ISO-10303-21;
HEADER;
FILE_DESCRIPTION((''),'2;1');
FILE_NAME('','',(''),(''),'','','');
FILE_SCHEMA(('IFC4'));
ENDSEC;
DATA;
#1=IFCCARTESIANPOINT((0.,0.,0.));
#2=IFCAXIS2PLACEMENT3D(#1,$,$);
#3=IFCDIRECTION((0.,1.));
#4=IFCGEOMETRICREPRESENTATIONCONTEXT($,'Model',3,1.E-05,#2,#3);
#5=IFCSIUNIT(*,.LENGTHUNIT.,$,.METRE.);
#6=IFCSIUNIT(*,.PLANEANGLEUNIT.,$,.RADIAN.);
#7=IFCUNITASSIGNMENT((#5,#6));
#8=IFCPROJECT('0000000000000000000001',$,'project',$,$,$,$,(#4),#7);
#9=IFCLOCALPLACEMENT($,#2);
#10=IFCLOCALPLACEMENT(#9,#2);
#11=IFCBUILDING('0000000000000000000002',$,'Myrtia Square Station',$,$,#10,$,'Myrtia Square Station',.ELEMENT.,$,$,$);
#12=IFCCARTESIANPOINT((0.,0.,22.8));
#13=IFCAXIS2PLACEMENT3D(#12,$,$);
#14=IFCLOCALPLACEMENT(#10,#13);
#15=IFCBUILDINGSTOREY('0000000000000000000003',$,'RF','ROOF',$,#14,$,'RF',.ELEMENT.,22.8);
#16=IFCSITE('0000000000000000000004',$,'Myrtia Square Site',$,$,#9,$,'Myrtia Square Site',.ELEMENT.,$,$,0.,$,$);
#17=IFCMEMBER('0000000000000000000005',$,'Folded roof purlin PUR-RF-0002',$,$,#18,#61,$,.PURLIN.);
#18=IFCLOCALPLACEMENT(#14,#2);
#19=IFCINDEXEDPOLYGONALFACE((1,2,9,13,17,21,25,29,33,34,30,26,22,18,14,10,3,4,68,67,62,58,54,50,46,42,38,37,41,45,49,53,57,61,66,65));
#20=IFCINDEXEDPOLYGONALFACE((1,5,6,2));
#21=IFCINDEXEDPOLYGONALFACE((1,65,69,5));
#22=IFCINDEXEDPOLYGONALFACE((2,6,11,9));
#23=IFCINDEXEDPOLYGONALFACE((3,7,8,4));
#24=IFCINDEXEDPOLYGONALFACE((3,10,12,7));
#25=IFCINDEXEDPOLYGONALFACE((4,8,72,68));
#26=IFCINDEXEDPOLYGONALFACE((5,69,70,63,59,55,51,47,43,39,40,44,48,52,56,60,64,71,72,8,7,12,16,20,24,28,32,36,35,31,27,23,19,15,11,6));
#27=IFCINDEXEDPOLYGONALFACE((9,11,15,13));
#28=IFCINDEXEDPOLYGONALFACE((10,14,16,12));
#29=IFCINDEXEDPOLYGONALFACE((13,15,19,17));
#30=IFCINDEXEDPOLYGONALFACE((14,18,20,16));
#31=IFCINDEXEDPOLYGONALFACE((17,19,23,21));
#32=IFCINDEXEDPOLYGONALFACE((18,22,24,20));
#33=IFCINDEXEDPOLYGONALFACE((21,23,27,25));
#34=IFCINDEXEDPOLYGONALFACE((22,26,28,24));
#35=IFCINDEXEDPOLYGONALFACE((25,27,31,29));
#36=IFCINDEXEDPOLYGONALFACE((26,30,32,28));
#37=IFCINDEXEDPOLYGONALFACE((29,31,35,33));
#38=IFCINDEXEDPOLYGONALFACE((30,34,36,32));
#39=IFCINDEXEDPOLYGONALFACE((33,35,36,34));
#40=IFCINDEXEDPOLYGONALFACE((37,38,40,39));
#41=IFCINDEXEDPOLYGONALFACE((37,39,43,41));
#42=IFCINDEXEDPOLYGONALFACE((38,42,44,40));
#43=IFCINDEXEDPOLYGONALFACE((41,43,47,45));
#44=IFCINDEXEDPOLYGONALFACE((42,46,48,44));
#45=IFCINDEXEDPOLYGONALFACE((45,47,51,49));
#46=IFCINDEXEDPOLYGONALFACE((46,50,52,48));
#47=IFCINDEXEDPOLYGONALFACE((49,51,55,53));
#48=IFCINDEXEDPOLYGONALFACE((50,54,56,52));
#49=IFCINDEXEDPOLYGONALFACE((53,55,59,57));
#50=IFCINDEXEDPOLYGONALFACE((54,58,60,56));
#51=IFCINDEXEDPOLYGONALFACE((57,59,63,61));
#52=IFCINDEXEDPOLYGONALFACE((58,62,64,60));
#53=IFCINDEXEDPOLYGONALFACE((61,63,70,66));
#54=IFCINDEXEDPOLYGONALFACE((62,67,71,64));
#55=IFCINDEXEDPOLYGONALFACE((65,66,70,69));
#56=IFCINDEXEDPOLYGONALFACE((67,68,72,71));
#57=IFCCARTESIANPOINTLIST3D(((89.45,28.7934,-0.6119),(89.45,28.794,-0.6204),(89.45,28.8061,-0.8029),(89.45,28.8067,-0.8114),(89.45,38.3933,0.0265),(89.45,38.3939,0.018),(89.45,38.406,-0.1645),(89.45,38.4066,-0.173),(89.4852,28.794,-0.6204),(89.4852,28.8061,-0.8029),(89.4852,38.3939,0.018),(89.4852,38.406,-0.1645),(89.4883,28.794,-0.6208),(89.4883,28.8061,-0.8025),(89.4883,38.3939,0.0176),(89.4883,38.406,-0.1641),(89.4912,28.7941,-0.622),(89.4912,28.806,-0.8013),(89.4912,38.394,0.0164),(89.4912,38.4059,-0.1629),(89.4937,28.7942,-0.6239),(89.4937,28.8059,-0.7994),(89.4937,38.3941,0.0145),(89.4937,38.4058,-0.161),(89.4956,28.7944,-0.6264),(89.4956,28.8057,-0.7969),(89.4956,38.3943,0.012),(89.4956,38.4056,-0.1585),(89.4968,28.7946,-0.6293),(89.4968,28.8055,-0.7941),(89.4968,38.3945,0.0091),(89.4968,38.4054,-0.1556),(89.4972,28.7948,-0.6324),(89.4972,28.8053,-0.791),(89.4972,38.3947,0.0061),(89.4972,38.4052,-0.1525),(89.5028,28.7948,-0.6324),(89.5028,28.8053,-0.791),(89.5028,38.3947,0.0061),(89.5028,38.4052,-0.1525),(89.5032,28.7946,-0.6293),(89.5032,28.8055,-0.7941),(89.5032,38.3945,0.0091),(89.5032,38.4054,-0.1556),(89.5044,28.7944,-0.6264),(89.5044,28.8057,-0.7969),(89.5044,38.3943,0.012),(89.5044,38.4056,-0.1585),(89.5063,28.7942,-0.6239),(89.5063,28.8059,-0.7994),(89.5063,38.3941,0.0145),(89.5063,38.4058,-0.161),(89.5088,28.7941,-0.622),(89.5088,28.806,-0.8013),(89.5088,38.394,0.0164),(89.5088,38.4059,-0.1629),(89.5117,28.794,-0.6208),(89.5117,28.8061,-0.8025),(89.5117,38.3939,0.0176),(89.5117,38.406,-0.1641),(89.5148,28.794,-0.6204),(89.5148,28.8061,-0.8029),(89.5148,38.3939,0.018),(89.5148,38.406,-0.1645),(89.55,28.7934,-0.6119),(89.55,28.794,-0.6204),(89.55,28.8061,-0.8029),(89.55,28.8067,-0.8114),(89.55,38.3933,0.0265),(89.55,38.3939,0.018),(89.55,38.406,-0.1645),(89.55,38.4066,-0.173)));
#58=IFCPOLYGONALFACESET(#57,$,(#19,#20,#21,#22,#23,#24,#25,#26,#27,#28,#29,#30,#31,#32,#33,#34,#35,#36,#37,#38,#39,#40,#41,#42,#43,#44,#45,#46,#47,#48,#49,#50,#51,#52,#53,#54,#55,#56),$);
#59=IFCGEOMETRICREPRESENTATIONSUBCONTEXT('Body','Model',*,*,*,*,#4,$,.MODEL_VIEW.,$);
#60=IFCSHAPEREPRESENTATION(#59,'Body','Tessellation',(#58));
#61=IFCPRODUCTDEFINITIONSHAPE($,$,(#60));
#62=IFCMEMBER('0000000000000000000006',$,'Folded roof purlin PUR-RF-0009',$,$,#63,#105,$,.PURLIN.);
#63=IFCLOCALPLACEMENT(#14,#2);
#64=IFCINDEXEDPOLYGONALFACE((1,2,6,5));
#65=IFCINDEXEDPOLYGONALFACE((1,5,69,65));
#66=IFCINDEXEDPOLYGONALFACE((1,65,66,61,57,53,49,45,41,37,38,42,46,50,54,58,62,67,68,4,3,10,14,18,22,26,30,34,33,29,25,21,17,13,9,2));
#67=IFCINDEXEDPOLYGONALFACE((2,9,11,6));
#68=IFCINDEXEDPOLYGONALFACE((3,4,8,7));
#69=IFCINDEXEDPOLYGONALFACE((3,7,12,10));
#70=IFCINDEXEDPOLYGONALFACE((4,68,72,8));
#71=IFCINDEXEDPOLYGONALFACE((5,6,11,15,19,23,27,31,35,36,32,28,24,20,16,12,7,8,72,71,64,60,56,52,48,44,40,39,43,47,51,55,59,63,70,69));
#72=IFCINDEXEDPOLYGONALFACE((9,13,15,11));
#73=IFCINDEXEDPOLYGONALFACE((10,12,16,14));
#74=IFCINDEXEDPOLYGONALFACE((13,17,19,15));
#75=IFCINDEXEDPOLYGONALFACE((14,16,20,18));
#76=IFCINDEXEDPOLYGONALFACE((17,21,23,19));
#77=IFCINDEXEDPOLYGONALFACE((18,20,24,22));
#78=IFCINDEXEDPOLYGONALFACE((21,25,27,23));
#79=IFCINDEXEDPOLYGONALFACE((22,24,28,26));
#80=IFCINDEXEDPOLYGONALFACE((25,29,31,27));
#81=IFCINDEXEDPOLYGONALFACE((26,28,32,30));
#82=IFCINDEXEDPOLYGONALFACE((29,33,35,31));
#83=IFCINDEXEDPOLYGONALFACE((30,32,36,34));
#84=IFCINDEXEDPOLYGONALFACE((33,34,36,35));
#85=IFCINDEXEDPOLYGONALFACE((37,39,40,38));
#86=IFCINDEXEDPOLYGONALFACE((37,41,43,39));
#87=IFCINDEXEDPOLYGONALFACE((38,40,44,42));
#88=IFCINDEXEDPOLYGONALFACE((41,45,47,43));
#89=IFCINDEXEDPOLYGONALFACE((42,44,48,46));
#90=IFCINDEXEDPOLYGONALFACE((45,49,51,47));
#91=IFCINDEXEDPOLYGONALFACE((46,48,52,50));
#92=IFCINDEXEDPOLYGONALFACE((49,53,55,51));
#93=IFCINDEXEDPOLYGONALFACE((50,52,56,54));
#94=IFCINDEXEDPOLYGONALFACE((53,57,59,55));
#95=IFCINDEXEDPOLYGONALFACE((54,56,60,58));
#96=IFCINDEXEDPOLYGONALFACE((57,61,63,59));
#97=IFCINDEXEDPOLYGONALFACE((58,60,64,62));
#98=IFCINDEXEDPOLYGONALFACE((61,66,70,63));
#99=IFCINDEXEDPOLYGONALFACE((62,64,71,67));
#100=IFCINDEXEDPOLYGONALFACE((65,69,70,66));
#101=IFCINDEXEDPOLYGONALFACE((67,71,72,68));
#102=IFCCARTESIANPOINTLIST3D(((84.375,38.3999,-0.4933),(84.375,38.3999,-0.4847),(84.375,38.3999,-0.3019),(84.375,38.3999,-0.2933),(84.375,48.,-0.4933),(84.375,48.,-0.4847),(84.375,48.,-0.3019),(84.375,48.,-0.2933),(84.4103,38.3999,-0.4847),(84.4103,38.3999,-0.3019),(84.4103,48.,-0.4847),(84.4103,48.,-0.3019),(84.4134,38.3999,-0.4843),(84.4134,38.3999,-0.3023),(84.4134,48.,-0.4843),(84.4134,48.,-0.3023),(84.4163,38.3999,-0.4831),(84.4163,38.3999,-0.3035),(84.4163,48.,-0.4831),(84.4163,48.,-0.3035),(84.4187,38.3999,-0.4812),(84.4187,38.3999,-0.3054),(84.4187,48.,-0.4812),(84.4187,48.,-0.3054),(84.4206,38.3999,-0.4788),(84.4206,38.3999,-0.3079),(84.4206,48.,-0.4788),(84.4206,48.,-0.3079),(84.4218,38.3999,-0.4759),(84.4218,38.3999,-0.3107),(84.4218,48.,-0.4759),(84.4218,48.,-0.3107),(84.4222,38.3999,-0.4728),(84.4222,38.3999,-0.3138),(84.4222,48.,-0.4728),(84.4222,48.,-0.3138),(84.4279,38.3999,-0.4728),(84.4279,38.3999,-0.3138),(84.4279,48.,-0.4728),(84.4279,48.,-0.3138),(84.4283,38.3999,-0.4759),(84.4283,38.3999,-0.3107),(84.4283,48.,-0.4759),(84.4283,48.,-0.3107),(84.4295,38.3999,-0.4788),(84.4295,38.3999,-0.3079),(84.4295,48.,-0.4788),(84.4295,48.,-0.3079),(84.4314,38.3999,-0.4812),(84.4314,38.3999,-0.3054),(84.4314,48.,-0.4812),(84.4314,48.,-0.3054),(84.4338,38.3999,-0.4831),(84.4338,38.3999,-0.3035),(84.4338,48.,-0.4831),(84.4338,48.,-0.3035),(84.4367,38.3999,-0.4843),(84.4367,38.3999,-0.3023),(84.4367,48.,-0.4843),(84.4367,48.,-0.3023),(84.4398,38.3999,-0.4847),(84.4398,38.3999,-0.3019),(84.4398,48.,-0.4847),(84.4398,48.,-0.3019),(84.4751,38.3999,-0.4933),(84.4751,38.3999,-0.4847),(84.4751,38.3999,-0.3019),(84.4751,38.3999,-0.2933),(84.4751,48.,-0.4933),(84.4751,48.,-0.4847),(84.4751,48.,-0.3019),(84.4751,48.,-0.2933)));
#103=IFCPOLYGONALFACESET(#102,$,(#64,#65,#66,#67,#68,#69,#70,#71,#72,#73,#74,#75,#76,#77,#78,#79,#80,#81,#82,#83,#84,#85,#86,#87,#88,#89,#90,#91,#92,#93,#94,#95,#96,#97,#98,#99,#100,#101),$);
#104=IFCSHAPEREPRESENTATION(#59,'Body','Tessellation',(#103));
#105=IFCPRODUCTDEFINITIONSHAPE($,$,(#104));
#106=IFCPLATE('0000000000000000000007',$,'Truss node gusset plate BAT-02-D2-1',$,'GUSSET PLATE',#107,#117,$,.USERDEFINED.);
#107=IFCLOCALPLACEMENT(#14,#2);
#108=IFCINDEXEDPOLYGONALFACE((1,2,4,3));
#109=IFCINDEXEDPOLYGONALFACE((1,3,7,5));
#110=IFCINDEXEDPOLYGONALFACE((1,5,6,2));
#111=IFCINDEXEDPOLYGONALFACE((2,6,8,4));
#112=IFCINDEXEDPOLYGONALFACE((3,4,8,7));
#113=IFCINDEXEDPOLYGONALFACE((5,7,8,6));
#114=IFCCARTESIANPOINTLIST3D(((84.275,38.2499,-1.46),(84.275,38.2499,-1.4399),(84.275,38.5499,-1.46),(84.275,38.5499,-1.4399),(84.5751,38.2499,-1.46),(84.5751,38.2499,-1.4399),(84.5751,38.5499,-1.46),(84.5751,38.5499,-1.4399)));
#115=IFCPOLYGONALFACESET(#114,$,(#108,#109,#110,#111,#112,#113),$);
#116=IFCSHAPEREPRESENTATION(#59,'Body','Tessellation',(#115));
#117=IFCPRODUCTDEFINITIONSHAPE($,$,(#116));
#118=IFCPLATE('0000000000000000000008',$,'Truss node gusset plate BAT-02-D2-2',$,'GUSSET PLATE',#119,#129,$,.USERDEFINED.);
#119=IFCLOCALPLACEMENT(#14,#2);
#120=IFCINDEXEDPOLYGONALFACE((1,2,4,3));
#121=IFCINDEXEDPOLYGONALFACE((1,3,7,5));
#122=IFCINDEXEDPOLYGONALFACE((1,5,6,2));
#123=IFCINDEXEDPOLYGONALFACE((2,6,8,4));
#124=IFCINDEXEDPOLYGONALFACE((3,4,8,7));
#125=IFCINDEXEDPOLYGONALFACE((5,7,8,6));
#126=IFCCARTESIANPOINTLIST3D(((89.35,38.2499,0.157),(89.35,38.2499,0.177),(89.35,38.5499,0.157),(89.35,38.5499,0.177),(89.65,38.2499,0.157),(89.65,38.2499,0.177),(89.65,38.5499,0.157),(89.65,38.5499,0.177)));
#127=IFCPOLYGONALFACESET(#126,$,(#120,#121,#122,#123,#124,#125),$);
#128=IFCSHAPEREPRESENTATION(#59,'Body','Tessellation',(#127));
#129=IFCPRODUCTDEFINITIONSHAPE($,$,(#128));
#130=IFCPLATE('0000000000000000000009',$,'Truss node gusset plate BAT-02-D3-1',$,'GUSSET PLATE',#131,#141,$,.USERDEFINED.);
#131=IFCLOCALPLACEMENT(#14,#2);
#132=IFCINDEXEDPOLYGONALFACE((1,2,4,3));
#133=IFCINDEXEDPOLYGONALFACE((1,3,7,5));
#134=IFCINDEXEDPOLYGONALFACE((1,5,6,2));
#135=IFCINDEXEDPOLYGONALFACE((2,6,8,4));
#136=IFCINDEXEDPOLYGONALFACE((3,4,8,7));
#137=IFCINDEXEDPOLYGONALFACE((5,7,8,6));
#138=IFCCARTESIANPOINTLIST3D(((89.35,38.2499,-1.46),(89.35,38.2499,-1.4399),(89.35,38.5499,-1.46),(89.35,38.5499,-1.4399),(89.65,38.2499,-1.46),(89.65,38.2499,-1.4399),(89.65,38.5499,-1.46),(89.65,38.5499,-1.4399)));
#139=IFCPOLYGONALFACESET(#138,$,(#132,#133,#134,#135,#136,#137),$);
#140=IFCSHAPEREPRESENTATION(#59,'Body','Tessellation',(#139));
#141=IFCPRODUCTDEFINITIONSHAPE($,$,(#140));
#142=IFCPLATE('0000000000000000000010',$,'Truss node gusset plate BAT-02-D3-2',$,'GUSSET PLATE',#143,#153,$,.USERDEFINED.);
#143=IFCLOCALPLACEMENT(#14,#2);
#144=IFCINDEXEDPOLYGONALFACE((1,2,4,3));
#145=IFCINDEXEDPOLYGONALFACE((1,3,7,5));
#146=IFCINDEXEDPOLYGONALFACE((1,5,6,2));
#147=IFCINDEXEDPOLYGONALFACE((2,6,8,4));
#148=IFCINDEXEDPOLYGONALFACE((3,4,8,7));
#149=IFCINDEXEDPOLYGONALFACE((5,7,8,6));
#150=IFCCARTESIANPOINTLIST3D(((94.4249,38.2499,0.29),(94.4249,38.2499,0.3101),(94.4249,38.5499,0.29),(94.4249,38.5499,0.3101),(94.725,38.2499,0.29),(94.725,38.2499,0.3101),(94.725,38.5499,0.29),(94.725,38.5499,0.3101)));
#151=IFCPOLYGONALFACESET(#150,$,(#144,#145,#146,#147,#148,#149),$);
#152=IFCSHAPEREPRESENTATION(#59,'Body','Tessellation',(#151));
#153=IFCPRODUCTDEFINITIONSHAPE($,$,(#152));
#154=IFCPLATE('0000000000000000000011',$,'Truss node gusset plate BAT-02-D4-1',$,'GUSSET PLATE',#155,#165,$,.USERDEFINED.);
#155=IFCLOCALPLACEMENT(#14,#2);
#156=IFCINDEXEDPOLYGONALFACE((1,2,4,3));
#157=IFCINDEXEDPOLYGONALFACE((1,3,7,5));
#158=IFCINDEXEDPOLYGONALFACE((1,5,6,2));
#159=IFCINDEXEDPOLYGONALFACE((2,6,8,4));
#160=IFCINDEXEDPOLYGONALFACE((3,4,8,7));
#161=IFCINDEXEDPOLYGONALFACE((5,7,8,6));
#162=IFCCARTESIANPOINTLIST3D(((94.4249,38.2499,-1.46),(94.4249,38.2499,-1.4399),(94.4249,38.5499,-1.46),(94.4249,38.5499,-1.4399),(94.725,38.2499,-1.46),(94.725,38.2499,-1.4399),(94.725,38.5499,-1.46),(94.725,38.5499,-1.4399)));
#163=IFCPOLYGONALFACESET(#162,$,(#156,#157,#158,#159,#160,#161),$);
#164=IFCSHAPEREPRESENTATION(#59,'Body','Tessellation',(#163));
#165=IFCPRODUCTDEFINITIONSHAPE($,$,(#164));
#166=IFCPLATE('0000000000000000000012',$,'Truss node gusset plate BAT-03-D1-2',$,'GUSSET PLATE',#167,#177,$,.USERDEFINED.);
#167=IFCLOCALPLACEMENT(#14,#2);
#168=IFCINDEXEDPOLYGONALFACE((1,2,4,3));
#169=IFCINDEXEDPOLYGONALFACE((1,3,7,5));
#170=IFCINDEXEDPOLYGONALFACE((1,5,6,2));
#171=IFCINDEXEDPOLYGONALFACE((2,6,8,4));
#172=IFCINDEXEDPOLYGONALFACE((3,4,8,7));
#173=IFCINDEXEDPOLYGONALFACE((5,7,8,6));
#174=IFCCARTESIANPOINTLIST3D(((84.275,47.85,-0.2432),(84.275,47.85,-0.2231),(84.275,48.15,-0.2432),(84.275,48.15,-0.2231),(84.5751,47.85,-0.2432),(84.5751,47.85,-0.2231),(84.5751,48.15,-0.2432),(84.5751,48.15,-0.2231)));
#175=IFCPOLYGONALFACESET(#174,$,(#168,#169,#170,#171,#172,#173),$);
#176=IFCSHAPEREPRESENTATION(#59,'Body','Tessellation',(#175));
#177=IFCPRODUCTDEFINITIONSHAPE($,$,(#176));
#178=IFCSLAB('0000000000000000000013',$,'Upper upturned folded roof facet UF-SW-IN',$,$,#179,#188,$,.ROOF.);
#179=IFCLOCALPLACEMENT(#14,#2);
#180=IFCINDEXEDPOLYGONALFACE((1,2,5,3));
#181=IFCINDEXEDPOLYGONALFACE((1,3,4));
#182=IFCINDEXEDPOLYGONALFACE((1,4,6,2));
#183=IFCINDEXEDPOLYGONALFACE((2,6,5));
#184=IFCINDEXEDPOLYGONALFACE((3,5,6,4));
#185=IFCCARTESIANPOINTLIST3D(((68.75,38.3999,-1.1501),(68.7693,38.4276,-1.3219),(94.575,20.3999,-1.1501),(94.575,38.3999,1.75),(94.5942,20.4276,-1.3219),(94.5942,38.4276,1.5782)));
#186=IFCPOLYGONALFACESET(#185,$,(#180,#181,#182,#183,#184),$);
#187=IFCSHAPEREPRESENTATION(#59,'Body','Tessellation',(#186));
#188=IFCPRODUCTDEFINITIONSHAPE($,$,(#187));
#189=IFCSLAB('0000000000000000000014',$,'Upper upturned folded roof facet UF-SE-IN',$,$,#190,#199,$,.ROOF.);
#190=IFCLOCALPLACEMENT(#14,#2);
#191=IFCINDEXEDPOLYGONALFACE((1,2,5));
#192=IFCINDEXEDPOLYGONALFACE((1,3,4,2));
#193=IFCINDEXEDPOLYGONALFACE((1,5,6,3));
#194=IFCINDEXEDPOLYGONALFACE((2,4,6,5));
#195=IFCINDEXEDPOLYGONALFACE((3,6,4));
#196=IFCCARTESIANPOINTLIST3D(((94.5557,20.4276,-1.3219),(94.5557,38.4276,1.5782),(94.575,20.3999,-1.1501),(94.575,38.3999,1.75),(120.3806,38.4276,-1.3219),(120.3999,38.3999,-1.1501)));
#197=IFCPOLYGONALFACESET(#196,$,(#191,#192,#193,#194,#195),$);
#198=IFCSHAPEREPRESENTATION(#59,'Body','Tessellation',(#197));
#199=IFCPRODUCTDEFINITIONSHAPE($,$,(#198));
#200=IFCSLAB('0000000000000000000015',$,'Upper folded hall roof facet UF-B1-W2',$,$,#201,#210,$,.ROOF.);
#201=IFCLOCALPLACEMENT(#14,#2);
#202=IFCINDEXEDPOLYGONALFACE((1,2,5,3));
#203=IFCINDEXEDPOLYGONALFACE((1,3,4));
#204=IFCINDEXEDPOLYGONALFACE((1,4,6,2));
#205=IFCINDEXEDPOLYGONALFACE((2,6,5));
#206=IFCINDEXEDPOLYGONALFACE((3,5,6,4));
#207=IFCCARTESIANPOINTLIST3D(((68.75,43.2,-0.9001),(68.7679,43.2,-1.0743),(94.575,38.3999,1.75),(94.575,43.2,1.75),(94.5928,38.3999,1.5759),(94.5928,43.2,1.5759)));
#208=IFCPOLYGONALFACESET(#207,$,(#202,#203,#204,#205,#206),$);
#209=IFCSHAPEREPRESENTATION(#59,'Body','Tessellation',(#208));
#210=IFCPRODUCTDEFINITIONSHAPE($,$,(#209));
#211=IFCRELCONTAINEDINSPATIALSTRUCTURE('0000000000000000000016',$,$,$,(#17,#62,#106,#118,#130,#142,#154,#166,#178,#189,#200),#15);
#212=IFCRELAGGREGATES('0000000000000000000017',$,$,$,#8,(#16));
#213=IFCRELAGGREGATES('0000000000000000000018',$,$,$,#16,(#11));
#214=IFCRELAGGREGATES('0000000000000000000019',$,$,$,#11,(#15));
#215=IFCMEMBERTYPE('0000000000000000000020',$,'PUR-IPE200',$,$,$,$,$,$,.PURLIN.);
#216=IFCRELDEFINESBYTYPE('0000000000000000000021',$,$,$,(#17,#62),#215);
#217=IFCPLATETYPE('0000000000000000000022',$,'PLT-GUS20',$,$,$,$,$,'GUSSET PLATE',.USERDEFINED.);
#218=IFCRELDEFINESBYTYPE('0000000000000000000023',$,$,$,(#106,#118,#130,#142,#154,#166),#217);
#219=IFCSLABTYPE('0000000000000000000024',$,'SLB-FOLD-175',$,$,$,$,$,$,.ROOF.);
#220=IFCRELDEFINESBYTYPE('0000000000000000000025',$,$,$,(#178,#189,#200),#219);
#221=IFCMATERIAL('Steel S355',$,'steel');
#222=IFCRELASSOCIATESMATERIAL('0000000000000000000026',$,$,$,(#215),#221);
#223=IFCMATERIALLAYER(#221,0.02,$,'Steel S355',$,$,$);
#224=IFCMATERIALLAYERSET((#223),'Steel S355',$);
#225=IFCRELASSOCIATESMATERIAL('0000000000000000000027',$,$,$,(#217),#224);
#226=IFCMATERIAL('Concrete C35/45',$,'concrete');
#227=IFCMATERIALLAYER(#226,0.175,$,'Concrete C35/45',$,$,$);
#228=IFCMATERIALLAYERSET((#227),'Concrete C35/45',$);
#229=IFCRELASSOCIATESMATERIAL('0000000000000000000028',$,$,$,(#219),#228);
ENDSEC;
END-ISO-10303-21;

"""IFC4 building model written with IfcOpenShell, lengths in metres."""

from ifc_helpers import new_model, si_unit, direction, frame, origin, origin_2d, place, context, subcontext, project, spatial, polyline, rectangle, i_section, outline, extrude, material, layer, layer_set, material_profile, profile_set, type_object, element, save


model = new_model("IFC4")

# Units and contexts
model_context = context("Model", 3, precision=1e-05, world=origin(), true_north=direction((0.0, 1.0)))
body_context = subcontext(model_context, "Body", "Model", "MODEL_VIEW")
ifc_project = project(units=[si_unit("LENGTHUNIT", "METRE"), si_unit("PLANEANGLEUNIT", "RADIAN")], contexts=[model_context])

# Site, building, storey
site_placement = place(None, origin())
site = spatial("IfcSite", under=ifc_project, at=site_placement, Name="Myrtia Square Site", LongName="Myrtia Square Site", CompositionType="ELEMENT", RefElevation=0.0)
building_placement = place(site_placement, origin())
building = spatial("IfcBuilding", under=site, at=building_placement, Name="Myrtia Square Station", LongName="Myrtia Square Station", CompositionType="ELEMENT")
storey_placement = place(building_placement, frame((0.0, 0.0, 22.8)))
storey = spatial("IfcBuildingStorey", under=building, at=storey_placement, Name="RF", Description="ROOF", LongName="RF", CompositionType="ELEMENT", Elevation=22.8)

# Members
ifc_material_1 = material(Name="Steel S355", Category="steel")
ifc_material_profile_1 = material_profile(ifc_material_1, i_section(OverallWidth=0.1001, OverallDepth=0.2, WebThickness=0.0056, FlangeThickness=0.0085, FilletRadius=0.012, at=origin_2d()), Name="IPE 200")
ifc_profile_set_1 = profile_set([ifc_material_profile_1], Name="Steel S355")
member_type_1 = type_object("IfcMemberType", Name="PUR-IPE200", PredefinedType="PURLIN", material=ifc_profile_set_1)
member_1_placement = place(storey_placement, frame((89.5, 28.8, -0.7117), z_axis=(0.0, 0.997796, 0.066357), x_axis=(-1.0, 0.0, 0.0)))
element("IfcMember", 1, at=member_1_placement, inside=storey, type_object=member_type_1, Name="Folded roof purlin PUR-RF-0002", PredefinedType="PURLIN", context=body_context, shape_type="SweptSolid", body=[
    extrude(i_section(OverallWidth=0.1001, OverallDepth=0.2, WebThickness=0.0056, FlangeThickness=0.0085, FilletRadius=0.012, at=origin_2d()), origin(), (0.0, 0.0, 1.0), 9.6211),
])
member_2_placement = place(storey_placement, frame((84.425, 38.3999, -0.3933), z_axis=(0.0, 1.0, 0.0), x_axis=(-1.0, 0.0, 0.0)))
element("IfcMember", 2, at=member_2_placement, inside=storey, type_object=member_type_1, Name="Folded roof purlin PUR-RF-0009", PredefinedType="PURLIN", context=body_context, shape_type="SweptSolid", body=[
    extrude(i_section(OverallWidth=0.1001, OverallDepth=0.2, WebThickness=0.0056, FlangeThickness=0.0085, FilletRadius=0.012, at=origin_2d()), origin(), (0.0, 0.0, 1.0), 9.6001),
])

# Plates
ifc_layer_1 = layer(ifc_material_1, 0.02, Name="Steel S355")
ifc_layer_set_1 = layer_set([ifc_layer_1], Name="Steel S355")
plate_type = type_object("IfcPlateType", Name="PLT-GUS20", ElementType="GUSSET PLATE", PredefinedType="USERDEFINED", material=ifc_layer_set_1)
for number, where, z_axis, x_axis, name in (
    (3, (84.425, 38.3999, -1.46), (0.0, 0.0, 1.0), (1.0, 0.0, 0.0), "Truss node gusset plate BAT-02-D2-1"),
    (4, (89.5, 38.3999, 0.157), (0.0, 0.0, 1.0), (1.0, 0.0, 0.0), "Truss node gusset plate BAT-02-D2-2"),
    (5, (89.5, 38.3999, -1.46), (0.0, 0.0, 1.0), (1.0, 0.0, 0.0), "Truss node gusset plate BAT-02-D3-1"),
    (6, (94.575, 38.3999, 0.29), (0.0, 0.0, 1.0), (1.0, 0.0, 0.0), "Truss node gusset plate BAT-02-D3-2"),
    (7, (94.575, 38.3999, -1.46), (0.0, 0.0, 1.0), (1.0, 0.0, 0.0), "Truss node gusset plate BAT-02-D4-1"),
    (8, (84.425, 48.0, -0.2432), (0.0, 0.0, 1.0), (1.0, 0.0, 0.0), "Truss node gusset plate BAT-03-D1-2"),
):
    element("IfcPlate", number, at=place(storey_placement, frame(where, z_axis=z_axis, x_axis=x_axis)), inside=storey, type_object=plate_type, Name=name, ObjectType="GUSSET PLATE", PredefinedType="USERDEFINED", context=body_context, shape_type="SweptSolid", body=[
        extrude(rectangle(XDim=0.3, YDim=0.3, at=origin_2d()), origin(), (0.0, 0.0, 1.0), 0.02),
    ])

# Slabs
ifc_material_2 = material(Name="Concrete C35/45", Category="concrete")
ifc_layer_2 = layer(ifc_material_2, 0.175, Name="Concrete C35/45")
ifc_layer_set_2 = layer_set([ifc_layer_2], Name="Concrete C35/45")
slab_type = type_object("IfcSlabType", Name="SLB-FOLD-175", PredefinedType="ROOF", material=ifc_layer_set_2)
slab_1_placement = place(storey_placement, frame((94.575, 20.3999, -1.1501), z_axis=(-0.110195, -0.158099, 0.981255), x_axis=(0.0, 0.987268, 0.159068)))
element("IfcSlab", 9, at=slab_1_placement, inside=storey, type_object=slab_type, Name="Upper upturned folded roof facet UF-SW-IN", PredefinedType="ROOF", context=body_context, shape_type="SweptSolid", body=[
    extrude(outline(polyline([(0.0, 0.0), (18.2321, 0.0), (17.7708, 25.9832), (0.0, 0.0)])), origin(), (0.0, 0.0, -1.0), 0.175),
])
slab_2_placement = place(storey_placement, frame((94.575, 20.3999, -1.1501), z_axis=(0.110195, -0.158099, 0.981255), x_axis=(0.820386, 0.57181, 0.0)))
element("IfcSlab", 10, at=slab_2_placement, inside=storey, type_object=slab_type, Name="Upper upturned folded roof facet UF-SE-IN", PredefinedType="ROOF", context=body_context, shape_type="SweptSolid", body=[
    extrude(outline(polyline([(0.0, 0.0), (31.479, 0.0), (10.2926, 15.049), (0.0, 0.0)])), origin(), (0.0, 0.0, -1.0), 0.175),
])
slab_3_placement = place(storey_placement, frame((94.575, 38.3999, 1.75), z_axis=(-0.102084, 0.0, 0.994776), x_axis=(0.0, 1.0, 0.0)))
element("IfcSlab", 11, at=slab_3_placement, inside=storey, type_object=slab_type, Name="Upper folded hall roof facet UF-B1-W2", PredefinedType="ROOF", context=body_context, shape_type="SweptSolid", body=[
    extrude(outline(polyline([(0.0, 0.0), (4.8, 0.0), (4.8, 25.9606), (0.0, 0.0)])), origin(), (0.0, 0.0, -1.0), 0.175),
])

save(model, "model.ifc")
